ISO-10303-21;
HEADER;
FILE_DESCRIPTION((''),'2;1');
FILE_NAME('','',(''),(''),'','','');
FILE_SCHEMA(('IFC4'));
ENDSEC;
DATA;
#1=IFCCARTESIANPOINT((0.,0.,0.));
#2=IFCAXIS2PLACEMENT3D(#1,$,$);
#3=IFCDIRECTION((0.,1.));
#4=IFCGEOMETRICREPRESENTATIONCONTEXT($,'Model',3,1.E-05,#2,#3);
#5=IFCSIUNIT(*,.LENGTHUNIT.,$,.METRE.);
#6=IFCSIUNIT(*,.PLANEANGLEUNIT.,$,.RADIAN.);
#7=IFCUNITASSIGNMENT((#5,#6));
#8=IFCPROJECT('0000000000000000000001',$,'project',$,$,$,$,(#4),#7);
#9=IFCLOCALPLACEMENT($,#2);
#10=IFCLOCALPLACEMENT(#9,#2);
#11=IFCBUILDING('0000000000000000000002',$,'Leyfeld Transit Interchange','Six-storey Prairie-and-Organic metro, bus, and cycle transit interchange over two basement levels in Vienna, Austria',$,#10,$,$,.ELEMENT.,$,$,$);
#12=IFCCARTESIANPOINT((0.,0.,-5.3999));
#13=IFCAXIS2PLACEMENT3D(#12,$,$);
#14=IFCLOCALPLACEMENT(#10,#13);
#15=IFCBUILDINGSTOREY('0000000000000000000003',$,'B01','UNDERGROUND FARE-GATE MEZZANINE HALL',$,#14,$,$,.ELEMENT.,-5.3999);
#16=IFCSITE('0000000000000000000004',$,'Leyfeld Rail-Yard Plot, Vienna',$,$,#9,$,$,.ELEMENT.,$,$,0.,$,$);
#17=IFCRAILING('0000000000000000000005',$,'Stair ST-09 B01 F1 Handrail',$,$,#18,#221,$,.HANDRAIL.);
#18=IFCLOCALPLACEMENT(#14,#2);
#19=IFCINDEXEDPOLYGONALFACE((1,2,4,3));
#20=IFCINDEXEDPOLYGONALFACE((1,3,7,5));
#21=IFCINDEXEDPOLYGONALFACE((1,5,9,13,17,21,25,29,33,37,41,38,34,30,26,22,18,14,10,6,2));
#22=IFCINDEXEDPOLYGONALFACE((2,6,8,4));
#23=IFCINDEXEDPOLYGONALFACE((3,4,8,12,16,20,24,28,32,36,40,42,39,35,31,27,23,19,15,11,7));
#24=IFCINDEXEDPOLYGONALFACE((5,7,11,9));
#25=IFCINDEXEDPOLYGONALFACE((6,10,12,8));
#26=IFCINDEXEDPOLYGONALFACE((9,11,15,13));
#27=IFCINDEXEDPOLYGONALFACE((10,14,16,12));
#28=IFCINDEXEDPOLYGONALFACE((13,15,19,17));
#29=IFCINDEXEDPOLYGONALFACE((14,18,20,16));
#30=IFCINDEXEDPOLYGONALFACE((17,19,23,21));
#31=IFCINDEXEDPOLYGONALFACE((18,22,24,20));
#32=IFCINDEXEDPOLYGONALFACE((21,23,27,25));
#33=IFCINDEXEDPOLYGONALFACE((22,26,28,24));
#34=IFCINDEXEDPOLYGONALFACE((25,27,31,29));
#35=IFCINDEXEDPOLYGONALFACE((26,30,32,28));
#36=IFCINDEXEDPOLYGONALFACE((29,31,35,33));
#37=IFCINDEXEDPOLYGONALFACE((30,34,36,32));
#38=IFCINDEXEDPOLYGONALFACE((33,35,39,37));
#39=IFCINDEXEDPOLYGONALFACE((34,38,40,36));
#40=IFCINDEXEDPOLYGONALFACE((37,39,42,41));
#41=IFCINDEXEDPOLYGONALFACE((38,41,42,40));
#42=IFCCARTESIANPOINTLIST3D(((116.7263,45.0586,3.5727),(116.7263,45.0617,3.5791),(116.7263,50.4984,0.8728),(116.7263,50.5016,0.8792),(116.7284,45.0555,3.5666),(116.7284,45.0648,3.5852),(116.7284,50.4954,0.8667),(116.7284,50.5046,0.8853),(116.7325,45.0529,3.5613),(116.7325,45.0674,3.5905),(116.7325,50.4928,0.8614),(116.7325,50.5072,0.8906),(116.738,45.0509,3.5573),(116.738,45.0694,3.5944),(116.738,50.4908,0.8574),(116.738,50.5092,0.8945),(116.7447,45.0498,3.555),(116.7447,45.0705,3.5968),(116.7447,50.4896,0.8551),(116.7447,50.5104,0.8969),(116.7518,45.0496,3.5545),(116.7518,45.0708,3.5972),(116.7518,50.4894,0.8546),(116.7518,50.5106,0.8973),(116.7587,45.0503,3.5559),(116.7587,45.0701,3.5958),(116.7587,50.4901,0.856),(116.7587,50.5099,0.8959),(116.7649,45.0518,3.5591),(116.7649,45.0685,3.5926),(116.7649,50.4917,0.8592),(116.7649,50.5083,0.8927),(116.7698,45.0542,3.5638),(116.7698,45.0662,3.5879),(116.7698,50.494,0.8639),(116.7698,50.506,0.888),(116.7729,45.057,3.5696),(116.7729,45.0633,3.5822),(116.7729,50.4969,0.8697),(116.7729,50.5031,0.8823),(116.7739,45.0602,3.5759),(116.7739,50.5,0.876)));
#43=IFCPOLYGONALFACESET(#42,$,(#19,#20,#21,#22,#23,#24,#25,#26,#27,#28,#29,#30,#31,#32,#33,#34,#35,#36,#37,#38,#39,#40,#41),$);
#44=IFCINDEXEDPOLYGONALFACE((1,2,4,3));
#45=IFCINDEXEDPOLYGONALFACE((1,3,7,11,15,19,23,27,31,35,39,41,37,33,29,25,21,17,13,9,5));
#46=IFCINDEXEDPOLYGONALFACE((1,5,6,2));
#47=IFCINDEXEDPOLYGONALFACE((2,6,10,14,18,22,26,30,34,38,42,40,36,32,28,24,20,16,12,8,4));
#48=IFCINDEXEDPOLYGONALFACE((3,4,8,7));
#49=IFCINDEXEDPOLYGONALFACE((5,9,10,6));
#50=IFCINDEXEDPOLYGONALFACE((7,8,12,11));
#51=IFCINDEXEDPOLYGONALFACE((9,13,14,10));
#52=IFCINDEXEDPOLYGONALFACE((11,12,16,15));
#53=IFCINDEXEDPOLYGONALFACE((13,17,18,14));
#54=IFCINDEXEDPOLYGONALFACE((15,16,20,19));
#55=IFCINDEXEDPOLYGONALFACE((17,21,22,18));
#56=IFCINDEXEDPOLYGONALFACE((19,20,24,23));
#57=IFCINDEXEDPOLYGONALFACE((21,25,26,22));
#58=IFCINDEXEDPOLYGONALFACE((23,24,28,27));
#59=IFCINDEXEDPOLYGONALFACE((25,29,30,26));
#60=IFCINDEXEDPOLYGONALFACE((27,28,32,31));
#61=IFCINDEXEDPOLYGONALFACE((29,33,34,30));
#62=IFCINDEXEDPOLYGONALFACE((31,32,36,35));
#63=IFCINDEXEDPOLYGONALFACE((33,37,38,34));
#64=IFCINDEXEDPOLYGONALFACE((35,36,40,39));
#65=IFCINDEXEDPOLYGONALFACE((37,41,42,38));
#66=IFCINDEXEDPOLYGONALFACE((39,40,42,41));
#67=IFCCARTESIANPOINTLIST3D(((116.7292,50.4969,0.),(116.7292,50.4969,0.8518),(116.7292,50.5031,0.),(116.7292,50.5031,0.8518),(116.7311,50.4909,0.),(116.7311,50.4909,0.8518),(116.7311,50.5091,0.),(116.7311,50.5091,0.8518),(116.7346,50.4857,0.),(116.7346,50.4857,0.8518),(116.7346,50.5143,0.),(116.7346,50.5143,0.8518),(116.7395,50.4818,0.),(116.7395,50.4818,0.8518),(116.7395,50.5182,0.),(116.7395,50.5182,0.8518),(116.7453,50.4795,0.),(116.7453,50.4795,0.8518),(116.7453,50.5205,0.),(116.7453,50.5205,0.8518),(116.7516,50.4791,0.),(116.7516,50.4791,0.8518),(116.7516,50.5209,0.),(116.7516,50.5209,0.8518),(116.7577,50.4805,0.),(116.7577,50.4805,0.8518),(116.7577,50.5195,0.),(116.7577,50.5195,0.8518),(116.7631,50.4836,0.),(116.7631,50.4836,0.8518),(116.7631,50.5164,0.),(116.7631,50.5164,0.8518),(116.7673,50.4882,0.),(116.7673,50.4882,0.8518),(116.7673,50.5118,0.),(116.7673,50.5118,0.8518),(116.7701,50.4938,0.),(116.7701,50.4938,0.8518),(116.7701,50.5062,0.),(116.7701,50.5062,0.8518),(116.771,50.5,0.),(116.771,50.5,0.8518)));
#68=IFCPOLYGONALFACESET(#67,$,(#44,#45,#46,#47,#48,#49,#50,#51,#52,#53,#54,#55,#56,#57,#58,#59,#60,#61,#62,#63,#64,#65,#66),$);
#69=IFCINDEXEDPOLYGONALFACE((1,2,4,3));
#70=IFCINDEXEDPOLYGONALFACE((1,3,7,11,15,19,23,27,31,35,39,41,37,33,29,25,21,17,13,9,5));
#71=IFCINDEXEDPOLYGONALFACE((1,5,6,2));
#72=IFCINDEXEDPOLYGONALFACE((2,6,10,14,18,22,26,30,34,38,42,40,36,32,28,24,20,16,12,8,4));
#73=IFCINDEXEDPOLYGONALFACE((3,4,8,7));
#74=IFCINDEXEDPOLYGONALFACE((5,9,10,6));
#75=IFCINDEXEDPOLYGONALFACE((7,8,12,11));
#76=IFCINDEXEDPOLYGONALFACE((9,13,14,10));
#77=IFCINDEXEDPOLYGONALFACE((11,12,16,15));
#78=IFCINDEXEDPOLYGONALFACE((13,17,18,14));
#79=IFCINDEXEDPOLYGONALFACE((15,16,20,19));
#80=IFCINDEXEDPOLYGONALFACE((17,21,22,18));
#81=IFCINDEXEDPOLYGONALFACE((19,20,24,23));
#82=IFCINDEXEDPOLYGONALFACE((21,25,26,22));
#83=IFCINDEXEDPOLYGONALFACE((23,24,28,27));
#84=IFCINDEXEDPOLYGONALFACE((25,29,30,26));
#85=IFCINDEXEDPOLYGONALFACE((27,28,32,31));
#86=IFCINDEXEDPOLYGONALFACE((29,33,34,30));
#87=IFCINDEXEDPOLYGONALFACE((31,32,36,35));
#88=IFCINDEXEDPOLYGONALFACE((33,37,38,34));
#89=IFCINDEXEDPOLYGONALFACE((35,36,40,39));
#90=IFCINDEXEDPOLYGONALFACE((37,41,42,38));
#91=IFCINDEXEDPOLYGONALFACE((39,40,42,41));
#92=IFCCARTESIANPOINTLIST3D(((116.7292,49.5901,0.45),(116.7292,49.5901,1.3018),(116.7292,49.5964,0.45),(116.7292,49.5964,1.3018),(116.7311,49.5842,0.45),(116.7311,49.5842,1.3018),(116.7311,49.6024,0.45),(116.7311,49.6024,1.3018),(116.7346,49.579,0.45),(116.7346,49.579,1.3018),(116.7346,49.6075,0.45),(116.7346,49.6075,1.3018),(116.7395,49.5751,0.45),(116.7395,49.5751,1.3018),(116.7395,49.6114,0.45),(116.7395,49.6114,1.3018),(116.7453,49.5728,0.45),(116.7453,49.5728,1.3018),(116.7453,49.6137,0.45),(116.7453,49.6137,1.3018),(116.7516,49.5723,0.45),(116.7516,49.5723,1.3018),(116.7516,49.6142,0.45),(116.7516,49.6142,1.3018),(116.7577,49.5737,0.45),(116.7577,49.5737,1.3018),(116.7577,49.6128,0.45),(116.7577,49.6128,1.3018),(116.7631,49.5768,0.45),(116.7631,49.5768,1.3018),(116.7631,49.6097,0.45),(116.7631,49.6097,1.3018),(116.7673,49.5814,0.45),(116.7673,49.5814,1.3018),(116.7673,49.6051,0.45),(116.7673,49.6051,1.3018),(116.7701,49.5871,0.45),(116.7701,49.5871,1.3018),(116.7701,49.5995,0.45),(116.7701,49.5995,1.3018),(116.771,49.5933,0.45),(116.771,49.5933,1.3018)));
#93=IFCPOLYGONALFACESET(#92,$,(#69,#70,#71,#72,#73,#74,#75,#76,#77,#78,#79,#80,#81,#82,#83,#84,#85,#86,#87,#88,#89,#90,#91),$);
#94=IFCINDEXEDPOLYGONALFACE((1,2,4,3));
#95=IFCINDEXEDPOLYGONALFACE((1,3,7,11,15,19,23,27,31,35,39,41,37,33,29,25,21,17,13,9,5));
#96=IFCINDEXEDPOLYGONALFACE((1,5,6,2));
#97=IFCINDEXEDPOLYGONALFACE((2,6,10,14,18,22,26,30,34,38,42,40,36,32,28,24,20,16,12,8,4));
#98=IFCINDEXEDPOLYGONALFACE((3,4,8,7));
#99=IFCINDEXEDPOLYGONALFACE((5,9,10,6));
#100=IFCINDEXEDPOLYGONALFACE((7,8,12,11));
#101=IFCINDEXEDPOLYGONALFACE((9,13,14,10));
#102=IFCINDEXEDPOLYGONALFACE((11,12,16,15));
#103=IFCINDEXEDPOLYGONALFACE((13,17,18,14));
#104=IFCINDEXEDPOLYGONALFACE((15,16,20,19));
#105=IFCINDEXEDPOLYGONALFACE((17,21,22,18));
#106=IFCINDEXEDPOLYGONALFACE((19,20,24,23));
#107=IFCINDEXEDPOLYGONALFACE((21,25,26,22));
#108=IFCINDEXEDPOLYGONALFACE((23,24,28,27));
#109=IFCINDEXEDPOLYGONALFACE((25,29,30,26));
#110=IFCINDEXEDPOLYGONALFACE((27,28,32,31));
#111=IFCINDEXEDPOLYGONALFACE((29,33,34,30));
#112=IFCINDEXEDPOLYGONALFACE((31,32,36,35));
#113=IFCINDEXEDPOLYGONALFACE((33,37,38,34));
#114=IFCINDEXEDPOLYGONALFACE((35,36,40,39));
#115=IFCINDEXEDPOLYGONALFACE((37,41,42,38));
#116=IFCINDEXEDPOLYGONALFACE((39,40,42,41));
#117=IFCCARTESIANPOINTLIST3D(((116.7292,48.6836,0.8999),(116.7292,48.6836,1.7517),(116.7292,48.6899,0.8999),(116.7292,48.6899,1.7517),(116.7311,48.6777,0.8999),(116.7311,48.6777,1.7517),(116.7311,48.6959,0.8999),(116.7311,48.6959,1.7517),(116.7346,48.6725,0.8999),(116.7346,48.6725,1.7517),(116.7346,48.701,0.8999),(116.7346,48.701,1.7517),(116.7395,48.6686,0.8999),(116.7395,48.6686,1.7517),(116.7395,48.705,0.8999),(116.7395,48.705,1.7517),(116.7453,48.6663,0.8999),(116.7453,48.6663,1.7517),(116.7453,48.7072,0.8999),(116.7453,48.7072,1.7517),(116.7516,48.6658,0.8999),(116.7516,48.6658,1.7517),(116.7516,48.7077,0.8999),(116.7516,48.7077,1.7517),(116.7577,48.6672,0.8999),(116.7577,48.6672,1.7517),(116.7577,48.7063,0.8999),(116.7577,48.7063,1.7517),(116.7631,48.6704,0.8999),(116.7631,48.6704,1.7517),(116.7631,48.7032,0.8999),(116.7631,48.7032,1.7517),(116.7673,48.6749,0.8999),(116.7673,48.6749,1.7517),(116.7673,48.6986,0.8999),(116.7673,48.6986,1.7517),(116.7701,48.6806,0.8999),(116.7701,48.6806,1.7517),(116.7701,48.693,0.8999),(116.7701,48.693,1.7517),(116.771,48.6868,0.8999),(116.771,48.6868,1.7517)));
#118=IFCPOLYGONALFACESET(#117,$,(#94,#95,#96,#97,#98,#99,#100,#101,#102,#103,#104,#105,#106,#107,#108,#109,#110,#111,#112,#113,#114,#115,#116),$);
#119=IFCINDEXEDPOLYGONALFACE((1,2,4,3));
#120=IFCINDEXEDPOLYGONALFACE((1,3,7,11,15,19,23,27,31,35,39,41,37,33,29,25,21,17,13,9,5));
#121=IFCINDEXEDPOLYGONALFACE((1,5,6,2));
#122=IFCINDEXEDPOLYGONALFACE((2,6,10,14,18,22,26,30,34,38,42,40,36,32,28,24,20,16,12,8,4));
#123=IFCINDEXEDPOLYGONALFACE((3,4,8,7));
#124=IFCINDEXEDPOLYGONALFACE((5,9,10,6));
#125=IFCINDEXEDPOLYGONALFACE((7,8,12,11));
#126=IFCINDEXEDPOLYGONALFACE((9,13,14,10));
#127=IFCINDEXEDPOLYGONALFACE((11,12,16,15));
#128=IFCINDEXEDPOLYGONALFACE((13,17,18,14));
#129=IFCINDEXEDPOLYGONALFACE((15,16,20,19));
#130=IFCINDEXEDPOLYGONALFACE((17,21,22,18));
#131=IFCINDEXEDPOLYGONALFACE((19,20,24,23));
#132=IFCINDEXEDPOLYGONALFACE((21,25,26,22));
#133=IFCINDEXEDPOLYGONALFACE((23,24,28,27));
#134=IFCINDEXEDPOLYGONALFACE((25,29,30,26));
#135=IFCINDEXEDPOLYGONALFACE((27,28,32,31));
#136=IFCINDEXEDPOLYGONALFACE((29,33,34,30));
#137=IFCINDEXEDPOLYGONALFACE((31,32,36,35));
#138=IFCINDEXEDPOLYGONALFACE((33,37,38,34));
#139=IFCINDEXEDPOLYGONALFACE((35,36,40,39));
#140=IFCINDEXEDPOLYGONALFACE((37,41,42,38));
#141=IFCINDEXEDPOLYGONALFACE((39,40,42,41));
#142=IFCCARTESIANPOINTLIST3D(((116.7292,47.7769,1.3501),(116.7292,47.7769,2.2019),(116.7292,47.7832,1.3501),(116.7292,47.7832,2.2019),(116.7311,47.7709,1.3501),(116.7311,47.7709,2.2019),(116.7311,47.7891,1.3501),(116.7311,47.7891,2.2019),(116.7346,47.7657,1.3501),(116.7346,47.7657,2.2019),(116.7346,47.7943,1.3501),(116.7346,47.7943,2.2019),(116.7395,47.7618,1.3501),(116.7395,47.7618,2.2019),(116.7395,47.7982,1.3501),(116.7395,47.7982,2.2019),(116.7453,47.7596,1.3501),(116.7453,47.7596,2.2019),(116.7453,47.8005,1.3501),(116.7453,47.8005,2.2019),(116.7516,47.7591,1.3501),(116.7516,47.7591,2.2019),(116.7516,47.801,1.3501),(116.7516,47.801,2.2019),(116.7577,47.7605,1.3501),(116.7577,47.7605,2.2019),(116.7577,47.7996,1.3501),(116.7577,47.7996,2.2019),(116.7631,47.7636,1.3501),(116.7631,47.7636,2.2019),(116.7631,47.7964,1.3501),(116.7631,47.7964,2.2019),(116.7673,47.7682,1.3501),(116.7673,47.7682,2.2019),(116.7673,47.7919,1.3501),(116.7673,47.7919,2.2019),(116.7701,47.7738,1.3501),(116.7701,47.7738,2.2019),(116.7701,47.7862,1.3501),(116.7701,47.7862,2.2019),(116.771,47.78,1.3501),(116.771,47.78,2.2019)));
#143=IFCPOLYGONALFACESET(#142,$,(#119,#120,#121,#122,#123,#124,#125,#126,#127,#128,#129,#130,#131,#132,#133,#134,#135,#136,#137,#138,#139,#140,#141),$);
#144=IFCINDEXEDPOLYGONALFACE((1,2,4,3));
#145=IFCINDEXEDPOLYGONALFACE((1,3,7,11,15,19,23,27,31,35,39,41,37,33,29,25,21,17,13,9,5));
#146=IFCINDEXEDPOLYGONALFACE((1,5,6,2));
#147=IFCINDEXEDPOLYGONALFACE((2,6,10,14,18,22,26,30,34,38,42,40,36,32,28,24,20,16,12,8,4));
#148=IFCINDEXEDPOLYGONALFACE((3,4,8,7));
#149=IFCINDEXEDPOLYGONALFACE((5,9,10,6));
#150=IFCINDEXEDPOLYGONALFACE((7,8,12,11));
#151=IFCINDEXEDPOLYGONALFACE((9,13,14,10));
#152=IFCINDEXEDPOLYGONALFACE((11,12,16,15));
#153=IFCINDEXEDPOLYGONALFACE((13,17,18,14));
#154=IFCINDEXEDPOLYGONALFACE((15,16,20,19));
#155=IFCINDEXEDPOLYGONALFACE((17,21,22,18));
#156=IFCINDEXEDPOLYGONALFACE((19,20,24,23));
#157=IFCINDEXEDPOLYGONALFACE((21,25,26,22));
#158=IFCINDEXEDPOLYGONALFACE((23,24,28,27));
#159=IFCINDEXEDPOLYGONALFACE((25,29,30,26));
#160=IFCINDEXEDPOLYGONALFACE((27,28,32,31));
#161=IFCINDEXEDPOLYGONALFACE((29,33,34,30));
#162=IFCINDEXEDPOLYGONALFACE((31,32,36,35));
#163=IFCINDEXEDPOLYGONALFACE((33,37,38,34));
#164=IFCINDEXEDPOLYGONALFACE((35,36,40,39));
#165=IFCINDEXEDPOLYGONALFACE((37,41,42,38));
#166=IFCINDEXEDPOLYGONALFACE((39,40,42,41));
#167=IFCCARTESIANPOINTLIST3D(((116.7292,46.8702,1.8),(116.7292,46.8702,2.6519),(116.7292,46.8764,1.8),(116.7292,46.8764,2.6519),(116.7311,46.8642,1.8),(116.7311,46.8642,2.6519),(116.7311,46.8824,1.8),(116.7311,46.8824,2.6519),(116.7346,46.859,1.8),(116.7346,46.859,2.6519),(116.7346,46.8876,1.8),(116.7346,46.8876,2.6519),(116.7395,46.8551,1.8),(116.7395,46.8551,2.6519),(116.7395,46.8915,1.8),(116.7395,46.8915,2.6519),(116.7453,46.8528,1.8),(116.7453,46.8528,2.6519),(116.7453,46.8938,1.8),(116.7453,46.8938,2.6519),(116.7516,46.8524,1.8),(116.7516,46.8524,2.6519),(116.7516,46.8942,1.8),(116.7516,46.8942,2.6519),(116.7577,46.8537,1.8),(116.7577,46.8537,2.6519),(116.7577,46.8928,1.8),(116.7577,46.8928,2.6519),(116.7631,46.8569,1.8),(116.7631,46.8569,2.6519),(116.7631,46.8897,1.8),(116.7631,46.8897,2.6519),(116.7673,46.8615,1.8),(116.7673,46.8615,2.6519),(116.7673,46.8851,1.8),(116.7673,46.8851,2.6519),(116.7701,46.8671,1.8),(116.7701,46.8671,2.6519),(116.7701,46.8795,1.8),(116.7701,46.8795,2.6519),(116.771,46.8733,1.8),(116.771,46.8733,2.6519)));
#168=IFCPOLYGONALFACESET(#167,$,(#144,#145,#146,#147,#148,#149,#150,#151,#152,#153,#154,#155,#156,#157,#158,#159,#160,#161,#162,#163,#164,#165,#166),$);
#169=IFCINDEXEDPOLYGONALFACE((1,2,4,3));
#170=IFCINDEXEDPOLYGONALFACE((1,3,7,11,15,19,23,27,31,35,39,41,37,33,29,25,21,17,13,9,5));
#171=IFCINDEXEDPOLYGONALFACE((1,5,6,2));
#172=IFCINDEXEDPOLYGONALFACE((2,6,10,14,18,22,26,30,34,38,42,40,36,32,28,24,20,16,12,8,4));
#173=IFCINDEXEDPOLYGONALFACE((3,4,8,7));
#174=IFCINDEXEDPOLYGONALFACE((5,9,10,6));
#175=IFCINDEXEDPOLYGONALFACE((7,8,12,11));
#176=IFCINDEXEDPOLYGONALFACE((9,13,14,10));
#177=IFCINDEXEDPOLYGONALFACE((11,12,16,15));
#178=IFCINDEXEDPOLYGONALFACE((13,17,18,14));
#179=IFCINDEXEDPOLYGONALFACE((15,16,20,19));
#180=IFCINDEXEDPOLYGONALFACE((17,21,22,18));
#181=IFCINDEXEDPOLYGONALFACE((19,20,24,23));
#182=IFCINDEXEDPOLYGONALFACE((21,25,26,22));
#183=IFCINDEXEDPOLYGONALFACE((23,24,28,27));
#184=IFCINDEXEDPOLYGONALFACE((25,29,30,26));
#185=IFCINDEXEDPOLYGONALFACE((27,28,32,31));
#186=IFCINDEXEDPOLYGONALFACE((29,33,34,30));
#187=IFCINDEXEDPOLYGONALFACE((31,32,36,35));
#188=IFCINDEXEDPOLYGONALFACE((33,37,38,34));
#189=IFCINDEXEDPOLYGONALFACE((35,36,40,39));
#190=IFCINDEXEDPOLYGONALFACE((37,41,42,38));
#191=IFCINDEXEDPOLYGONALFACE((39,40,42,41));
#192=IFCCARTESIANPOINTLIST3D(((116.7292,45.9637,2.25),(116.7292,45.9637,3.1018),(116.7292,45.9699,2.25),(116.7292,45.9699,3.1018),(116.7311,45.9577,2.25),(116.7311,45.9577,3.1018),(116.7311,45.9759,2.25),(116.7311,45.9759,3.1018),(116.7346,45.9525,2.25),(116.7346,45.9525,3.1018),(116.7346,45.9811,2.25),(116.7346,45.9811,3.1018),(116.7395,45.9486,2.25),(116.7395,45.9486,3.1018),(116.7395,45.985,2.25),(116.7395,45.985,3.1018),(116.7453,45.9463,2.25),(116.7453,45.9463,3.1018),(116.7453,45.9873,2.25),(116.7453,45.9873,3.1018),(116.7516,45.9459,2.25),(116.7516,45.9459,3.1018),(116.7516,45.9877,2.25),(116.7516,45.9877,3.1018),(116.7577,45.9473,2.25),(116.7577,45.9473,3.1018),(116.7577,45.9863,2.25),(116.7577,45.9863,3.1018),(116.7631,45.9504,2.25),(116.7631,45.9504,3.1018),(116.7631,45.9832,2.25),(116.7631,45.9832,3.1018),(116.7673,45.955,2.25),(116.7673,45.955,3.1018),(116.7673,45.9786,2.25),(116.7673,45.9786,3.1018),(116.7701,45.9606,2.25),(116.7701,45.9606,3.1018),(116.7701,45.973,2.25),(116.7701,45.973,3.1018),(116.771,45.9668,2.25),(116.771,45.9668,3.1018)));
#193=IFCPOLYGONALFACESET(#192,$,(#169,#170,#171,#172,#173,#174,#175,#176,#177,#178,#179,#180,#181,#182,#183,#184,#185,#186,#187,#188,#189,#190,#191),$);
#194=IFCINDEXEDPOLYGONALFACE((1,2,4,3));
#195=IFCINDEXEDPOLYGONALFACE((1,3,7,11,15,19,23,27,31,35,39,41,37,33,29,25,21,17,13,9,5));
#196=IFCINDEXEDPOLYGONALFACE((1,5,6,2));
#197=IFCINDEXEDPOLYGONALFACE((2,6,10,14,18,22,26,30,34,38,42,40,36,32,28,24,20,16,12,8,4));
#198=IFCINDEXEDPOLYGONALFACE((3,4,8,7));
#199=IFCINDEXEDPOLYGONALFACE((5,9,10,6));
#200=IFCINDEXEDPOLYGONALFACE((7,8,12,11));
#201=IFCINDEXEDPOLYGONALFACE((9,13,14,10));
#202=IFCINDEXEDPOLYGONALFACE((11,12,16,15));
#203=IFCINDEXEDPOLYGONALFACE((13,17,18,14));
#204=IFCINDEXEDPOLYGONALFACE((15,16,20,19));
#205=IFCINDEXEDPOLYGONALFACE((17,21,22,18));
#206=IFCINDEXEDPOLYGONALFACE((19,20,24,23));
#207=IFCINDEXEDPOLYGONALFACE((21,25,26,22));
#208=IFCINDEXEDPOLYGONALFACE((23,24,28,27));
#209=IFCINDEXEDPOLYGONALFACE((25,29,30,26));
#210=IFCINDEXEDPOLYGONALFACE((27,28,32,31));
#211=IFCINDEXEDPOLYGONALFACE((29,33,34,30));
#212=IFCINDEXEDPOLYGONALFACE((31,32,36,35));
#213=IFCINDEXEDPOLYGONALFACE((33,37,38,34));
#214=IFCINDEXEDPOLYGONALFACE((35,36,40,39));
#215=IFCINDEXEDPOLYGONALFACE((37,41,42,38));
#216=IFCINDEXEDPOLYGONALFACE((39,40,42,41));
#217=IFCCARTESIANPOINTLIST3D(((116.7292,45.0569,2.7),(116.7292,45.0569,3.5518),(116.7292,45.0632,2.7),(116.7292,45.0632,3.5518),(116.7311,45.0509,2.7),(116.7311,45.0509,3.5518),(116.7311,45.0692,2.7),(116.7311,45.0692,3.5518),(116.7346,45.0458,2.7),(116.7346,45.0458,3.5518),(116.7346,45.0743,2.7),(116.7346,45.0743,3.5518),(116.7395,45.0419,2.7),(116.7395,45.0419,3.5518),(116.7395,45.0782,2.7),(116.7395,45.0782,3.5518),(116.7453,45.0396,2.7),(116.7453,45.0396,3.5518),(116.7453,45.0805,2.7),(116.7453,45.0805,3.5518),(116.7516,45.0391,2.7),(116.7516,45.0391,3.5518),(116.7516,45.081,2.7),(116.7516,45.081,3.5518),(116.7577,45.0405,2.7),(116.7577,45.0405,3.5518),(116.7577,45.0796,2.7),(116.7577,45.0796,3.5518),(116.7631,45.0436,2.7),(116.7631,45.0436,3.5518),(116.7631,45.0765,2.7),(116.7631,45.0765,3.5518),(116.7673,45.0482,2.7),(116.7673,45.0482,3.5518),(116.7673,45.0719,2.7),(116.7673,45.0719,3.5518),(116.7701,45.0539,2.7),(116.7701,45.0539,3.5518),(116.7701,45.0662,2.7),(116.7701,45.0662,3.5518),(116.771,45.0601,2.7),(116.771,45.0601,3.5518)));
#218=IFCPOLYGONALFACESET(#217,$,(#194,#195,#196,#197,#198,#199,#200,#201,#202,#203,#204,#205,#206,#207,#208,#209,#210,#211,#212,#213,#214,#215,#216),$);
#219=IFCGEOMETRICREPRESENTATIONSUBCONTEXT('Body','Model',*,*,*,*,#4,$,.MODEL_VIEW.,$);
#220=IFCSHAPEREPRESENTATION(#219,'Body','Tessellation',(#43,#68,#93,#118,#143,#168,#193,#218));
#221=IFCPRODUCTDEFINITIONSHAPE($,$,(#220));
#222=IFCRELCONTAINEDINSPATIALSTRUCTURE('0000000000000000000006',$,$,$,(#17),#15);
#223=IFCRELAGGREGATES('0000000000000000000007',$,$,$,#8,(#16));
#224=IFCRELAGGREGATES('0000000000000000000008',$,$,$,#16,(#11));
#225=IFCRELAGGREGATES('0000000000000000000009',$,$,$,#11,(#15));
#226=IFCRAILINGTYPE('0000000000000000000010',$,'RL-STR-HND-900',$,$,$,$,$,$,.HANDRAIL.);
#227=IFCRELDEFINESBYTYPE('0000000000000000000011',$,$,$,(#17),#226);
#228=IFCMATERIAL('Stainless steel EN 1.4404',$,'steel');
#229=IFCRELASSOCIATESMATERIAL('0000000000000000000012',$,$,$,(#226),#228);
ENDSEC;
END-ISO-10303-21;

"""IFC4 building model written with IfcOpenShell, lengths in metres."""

from ifc_helpers import new_model, si_unit, direction, frame, origin, origin_2d, place, context, subcontext, project, spatial, circle, extrude, material, type_object, element, save


model = new_model("IFC4")

# Units and contexts
model_context = context("Model", 3, precision=1e-05, world=origin(), true_north=direction((0.0, 1.0)))
body_context = subcontext(model_context, "Body", "Model", "MODEL_VIEW")
ifc_project = project(units=[si_unit("LENGTHUNIT", "METRE"), si_unit("PLANEANGLEUNIT", "RADIAN")], contexts=[model_context])

# Site, building, storey
site_placement = place(None, origin())
site = spatial("IfcSite", under=ifc_project, at=site_placement, Name="Leyfeld Rail-Yard Plot, Vienna", CompositionType="ELEMENT", RefElevation=0.0)
building_placement = place(site_placement, origin())
building = spatial("IfcBuilding", under=site, at=building_placement, Name="Leyfeld Transit Interchange", Description="Six-storey Prairie-and-Organic metro, bus, and cycle transit interchange over two basement levels in Vienna, Austria", CompositionType="ELEMENT")
storey_placement = place(building_placement, frame((0.0, 0.0, -5.3999)))
storey = spatial("IfcBuildingStorey", under=building, at=storey_placement, Name="B01", Description="UNDERGROUND FARE-GATE MEZZANINE HALL", CompositionType="ELEMENT", Elevation=-5.3999)

# Railing
ifc_material_1 = material(Name="Stainless steel EN 1.4404", Category="steel")
railing_type_1 = type_object("IfcRailingType", Name="RL-STR-HND-900", PredefinedType="HANDRAIL", material=ifc_material_1)
railing_1_placement = place(storey_placement, frame((116.75, 50.5, 0.0)))
element("IfcRailing", 1, at=railing_1_placement, inside=storey, type_object=railing_type_1, Name="Stair ST-09 B01 F1 Handrail", PredefinedType="HANDRAIL", context=body_context, shape_type="SweptSolid", body=[
    extrude(circle(Radius=0.0239, at=origin_2d()), frame((0.0, 0.0, 0.876), z_axis=(0.0, -0.895742, 0.444575), x_axis=(1.0, 0.0, 0.0)), (0.0, 0.0, 1.0), 6.073),
    extrude(circle(Radius=0.021, at=origin_2d()), origin(), (0.0, 0.0, 1.0), 0.8518),
    extrude(circle(Radius=0.021, at=origin_2d()), frame((0.0, -0.9067, 0.45)), (0.0, 0.0, 1.0), 0.8518),
    extrude(circle(Radius=0.021, at=origin_2d()), frame((0.0, -1.8132, 0.8999)), (0.0, 0.0, 1.0), 0.8518),
    extrude(circle(Radius=0.021, at=origin_2d()), frame((0.0, -2.72, 1.3501)), (0.0, 0.0, 1.0), 0.8518),
    extrude(circle(Radius=0.021, at=origin_2d()), frame((0.0, -3.6267, 1.8)), (0.0, 0.0, 1.0), 0.8518),
    extrude(circle(Radius=0.021, at=origin_2d()), frame((0.0, -4.5332, 2.25)), (0.0, 0.0, 1.0), 0.8518),
    extrude(circle(Radius=0.021, at=origin_2d()), frame((0.0, -5.4399, 2.7)), (0.0, 0.0, 1.0), 0.8518),
])

save(model, "model.ifc")
